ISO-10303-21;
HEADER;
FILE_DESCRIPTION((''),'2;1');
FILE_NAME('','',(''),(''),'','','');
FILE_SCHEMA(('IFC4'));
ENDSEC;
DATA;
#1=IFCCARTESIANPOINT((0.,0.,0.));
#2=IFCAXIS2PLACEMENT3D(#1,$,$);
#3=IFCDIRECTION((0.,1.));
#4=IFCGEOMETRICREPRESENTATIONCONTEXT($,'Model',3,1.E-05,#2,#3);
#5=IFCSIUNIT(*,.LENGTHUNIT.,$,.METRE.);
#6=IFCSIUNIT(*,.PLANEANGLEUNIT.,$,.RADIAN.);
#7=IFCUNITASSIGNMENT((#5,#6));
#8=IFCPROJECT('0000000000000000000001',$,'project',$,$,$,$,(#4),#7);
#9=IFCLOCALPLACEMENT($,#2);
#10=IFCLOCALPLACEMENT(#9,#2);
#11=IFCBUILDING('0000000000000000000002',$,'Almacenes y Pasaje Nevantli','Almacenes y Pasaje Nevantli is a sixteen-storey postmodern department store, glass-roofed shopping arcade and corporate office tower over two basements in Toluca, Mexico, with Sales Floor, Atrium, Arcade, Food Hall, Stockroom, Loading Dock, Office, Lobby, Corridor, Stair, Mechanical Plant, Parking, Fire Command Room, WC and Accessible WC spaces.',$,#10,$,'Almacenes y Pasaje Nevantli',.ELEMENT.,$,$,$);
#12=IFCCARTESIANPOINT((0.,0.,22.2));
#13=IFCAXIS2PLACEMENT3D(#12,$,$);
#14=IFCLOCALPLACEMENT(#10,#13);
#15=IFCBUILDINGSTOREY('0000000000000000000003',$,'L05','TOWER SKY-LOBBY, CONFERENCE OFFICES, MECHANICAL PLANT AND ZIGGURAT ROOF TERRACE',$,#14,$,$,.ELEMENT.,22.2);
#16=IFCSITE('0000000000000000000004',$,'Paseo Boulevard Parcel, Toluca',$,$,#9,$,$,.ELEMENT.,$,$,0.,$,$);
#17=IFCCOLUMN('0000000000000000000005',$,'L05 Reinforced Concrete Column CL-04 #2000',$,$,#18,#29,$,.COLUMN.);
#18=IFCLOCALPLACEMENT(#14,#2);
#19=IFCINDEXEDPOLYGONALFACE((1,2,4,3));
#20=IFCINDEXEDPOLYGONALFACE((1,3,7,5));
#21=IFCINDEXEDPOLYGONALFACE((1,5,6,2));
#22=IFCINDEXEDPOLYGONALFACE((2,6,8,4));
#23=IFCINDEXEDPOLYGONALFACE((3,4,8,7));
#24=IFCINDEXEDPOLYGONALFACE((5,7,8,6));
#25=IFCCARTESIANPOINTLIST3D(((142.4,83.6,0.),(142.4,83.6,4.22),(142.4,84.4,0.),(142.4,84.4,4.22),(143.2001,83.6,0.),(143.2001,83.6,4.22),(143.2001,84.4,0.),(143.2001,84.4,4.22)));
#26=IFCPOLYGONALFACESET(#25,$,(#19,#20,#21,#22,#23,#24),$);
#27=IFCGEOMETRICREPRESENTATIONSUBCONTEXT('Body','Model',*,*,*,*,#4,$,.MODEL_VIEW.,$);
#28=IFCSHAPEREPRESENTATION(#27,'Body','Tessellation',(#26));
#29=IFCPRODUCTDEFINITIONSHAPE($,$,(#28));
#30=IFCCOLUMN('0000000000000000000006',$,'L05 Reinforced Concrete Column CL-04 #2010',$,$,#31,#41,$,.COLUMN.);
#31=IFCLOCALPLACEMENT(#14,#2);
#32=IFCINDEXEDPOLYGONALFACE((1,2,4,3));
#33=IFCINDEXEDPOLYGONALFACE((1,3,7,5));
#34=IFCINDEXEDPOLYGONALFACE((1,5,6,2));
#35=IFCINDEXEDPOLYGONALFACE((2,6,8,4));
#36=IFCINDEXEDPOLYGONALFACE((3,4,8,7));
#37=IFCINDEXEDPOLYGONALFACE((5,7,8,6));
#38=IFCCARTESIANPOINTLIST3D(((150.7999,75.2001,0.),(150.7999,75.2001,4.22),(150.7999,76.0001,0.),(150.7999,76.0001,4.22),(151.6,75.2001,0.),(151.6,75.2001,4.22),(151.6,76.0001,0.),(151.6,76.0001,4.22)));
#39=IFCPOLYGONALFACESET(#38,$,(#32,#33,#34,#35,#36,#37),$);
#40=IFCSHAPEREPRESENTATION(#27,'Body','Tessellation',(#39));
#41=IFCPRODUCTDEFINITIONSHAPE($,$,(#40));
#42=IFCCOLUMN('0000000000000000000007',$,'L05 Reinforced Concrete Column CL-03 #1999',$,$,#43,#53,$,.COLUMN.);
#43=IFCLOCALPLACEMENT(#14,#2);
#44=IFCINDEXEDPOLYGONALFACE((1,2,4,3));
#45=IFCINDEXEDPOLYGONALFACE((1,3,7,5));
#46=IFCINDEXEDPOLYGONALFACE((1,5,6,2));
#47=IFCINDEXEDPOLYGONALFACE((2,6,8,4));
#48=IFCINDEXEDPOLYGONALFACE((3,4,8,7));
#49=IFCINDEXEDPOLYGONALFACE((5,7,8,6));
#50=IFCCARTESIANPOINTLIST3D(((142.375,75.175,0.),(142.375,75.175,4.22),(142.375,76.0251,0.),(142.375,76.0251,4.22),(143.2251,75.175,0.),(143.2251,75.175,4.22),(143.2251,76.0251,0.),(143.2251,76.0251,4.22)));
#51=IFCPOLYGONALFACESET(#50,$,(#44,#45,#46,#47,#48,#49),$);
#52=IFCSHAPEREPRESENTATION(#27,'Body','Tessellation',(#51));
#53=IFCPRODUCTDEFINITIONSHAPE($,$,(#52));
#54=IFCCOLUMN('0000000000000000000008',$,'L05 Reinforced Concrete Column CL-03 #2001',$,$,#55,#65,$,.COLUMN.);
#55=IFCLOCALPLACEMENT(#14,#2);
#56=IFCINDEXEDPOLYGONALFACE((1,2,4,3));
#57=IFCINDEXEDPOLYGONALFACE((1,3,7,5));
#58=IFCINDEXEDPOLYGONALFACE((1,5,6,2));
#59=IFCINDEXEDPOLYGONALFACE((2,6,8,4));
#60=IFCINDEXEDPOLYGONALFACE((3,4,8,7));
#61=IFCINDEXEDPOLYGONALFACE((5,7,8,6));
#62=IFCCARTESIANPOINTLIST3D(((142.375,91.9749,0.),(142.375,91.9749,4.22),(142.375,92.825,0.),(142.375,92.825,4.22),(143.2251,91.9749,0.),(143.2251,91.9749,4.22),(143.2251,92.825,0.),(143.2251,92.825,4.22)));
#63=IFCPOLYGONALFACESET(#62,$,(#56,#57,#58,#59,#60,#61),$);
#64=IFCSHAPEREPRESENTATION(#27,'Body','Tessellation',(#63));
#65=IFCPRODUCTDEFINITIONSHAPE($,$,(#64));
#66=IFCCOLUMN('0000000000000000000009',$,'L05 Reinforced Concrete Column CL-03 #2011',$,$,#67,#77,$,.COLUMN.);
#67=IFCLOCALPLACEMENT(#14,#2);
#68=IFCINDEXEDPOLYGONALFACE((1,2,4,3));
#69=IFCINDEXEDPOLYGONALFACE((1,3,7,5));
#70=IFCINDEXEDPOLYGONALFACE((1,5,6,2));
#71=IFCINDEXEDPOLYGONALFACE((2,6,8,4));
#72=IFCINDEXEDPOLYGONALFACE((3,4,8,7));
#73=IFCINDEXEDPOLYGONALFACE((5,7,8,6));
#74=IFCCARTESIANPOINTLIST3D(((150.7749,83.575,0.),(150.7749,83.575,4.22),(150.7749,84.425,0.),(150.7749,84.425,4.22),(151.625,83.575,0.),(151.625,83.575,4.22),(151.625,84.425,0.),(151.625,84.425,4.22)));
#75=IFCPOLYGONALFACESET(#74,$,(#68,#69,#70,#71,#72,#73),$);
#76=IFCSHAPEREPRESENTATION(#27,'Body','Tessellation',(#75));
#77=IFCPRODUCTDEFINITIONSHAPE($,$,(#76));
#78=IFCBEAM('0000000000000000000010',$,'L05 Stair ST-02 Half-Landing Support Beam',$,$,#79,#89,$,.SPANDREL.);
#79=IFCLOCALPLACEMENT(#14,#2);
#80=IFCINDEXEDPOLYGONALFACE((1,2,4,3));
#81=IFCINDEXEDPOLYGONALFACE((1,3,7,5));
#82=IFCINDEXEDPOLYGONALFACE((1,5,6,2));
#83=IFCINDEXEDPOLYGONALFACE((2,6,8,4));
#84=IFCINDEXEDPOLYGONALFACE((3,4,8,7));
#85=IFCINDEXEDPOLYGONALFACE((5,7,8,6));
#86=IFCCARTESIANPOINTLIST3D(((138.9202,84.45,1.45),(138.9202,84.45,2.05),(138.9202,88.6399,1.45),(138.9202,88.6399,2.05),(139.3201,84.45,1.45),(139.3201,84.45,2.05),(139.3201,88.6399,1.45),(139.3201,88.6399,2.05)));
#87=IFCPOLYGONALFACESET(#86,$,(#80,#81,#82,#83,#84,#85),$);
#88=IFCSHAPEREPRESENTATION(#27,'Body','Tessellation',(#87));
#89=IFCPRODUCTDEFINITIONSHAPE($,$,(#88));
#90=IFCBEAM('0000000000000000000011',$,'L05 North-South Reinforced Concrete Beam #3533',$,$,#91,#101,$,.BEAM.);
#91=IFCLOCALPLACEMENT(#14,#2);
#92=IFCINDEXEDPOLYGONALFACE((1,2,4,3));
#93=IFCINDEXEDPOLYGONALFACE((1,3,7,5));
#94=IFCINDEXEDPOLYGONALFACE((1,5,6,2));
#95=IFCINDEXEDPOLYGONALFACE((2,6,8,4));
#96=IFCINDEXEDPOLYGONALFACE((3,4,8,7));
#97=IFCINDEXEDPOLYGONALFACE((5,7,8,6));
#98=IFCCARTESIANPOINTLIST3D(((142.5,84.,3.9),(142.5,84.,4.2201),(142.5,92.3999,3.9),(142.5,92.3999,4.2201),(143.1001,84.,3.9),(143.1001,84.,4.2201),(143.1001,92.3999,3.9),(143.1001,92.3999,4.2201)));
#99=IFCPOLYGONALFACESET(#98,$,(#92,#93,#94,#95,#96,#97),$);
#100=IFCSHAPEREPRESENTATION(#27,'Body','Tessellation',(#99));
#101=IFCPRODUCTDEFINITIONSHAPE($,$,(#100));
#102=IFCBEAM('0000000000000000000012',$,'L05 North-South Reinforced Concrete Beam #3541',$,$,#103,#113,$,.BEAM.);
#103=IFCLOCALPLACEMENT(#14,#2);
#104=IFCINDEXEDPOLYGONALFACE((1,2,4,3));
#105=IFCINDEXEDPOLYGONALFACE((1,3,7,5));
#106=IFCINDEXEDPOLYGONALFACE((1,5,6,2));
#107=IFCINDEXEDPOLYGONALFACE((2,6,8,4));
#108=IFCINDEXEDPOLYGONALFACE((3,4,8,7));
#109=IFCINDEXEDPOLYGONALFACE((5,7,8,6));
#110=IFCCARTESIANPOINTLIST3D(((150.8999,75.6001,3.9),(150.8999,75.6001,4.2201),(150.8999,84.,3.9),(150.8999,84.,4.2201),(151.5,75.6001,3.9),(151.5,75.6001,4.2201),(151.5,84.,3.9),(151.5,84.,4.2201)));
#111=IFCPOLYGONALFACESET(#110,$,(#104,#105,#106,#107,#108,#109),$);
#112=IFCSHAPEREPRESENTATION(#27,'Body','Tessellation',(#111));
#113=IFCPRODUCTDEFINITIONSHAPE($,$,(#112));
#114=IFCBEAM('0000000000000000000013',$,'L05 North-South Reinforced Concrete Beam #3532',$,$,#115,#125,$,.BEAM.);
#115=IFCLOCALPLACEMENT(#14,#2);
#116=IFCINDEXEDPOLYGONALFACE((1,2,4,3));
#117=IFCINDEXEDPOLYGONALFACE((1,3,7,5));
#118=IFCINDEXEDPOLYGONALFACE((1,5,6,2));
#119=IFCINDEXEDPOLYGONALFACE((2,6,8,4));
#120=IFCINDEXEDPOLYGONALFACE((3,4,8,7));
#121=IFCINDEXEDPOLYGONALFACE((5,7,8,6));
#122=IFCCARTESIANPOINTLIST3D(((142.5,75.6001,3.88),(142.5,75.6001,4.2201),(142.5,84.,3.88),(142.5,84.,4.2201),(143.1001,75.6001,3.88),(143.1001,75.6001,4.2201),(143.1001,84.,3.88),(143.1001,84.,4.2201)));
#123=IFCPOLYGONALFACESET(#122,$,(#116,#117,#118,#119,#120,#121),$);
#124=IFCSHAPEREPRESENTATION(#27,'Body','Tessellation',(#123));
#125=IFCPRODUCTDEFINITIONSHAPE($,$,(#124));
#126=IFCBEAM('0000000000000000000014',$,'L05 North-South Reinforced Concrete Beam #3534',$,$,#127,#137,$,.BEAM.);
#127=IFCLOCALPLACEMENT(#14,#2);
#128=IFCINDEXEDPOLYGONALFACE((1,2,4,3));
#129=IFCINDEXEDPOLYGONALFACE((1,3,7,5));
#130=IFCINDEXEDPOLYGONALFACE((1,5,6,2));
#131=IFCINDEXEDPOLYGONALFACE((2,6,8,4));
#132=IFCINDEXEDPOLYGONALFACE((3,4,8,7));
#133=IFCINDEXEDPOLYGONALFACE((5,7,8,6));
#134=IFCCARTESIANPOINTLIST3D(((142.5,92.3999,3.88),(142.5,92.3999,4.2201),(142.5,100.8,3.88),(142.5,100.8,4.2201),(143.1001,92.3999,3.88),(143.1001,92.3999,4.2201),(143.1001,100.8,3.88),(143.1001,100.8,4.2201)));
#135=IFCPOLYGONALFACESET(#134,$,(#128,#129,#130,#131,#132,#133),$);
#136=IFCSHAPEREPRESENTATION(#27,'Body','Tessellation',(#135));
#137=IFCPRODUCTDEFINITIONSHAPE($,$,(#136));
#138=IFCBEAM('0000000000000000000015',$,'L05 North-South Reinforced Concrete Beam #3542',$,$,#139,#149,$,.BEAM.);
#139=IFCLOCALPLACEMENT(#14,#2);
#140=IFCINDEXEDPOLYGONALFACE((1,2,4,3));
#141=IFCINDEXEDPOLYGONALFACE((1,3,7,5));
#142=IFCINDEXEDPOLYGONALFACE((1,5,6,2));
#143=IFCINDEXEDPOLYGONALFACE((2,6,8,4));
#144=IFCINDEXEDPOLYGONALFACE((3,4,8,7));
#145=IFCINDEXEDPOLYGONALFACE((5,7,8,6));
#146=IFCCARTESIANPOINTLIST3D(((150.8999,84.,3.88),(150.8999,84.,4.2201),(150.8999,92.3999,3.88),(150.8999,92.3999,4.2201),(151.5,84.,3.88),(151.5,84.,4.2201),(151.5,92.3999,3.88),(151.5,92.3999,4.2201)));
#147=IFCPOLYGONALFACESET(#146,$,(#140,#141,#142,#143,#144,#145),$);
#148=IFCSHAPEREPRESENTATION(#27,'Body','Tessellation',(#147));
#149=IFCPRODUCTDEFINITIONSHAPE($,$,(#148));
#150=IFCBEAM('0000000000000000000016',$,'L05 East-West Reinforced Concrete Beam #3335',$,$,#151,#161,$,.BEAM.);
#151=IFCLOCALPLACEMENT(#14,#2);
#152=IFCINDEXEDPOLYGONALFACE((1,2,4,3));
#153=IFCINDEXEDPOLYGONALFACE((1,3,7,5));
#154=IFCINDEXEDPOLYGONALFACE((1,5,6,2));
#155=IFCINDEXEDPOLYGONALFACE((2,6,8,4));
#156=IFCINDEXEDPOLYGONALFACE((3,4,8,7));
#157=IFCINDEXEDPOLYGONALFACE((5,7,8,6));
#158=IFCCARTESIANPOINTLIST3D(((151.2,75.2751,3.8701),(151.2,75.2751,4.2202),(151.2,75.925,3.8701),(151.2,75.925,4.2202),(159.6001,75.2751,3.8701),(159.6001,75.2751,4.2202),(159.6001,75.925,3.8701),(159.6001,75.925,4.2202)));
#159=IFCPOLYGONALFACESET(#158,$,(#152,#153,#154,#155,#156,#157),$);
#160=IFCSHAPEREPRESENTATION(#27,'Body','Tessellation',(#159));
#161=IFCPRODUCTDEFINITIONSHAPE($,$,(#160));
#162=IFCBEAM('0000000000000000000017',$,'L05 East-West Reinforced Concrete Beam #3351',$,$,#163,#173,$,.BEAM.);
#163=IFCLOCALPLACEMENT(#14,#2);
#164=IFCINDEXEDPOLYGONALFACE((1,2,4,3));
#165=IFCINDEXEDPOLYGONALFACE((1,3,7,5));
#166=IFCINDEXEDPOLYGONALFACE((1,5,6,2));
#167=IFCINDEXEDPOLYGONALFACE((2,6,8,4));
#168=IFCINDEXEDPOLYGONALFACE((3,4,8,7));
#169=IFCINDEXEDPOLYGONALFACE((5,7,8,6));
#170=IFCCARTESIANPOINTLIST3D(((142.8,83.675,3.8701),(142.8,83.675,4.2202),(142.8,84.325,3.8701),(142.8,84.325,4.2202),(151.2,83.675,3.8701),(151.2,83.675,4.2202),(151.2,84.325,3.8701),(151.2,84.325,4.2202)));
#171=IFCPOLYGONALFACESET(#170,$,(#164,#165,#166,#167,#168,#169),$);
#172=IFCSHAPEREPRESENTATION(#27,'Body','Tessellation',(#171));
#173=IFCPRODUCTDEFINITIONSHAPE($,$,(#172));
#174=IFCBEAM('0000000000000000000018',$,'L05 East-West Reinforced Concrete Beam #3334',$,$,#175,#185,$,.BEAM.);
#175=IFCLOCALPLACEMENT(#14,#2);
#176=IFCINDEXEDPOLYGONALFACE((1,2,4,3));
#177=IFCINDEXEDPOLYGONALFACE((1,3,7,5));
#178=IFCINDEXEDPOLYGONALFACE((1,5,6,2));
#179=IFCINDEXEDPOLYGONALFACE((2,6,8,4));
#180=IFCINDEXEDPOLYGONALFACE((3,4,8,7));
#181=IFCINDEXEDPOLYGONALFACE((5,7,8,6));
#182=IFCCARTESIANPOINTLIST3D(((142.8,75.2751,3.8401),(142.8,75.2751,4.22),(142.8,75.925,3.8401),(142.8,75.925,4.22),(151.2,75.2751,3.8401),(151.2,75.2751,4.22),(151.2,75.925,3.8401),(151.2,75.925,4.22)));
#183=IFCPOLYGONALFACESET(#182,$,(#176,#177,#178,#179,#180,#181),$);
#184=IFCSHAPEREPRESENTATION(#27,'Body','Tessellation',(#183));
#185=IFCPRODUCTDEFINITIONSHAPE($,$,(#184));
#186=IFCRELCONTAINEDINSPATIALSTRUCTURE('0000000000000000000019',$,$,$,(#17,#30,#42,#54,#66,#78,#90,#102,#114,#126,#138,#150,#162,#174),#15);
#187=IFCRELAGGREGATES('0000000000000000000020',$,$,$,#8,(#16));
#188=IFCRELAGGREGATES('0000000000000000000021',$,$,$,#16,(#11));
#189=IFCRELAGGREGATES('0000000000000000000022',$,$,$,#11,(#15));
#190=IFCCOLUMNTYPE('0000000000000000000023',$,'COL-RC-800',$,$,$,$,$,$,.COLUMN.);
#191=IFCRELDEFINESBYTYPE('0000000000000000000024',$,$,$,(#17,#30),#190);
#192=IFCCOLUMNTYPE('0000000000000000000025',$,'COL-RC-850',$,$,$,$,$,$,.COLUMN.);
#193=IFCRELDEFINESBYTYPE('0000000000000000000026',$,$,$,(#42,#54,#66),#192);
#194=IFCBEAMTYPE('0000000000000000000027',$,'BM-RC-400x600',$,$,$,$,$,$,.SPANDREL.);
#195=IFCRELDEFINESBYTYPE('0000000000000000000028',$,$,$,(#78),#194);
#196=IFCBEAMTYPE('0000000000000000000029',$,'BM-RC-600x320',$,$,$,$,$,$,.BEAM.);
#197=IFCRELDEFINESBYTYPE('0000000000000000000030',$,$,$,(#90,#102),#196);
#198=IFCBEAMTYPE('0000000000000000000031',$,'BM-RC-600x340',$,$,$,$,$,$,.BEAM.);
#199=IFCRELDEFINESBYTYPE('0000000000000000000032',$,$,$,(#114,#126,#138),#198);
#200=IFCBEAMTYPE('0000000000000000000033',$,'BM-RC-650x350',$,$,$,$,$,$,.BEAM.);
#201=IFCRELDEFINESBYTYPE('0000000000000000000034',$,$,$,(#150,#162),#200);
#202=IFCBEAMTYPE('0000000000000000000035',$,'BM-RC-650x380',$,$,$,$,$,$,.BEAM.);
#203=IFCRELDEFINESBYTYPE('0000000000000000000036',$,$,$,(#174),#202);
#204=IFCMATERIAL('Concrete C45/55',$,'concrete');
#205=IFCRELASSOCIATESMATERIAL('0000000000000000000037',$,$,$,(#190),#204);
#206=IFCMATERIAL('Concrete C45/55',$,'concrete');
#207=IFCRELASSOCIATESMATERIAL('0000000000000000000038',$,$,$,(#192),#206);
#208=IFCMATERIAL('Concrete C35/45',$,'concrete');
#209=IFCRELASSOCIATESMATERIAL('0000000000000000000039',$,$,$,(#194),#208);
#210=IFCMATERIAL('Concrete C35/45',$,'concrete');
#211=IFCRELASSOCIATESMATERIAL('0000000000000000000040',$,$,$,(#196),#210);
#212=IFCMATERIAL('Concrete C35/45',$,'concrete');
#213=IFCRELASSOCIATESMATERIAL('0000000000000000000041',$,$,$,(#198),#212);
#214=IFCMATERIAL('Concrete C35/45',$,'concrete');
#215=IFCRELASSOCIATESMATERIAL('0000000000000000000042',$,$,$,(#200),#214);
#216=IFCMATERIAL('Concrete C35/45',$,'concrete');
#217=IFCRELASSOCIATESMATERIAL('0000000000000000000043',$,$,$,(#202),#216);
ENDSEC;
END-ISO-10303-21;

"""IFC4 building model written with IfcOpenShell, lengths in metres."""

from ifc_helpers import new_model, si_unit, direction, frame, origin, origin_2d, place, context, subcontext, project, spatial, rectangle, extrude, material, material_profile, profile_set, type_object, element, save


model = new_model("IFC4")

# Units and contexts
model_context = context("Model", 3, precision=1e-05, world=origin(), true_north=direction((0.0, 1.0)))
body_context = subcontext(model_context, "Body", "Model", "MODEL_VIEW")
ifc_project = project(units=[si_unit("LENGTHUNIT", "METRE"), si_unit("PLANEANGLEUNIT", "RADIAN")], contexts=[model_context])

# Site, building, storey
site_placement = place(None, origin())
site = spatial("IfcSite", under=ifc_project, at=site_placement, Name="Paseo Boulevard Parcel, Toluca", CompositionType="ELEMENT", RefElevation=0.0)
building_placement = place(site_placement, origin())
building = spatial("IfcBuilding", under=site, at=building_placement, Name="Almacenes y Pasaje Nevantli", Description="Almacenes y Pasaje Nevantli is a sixteen-storey postmodern department store, glass-roofed shopping arcade and corporate office tower over two basements in Toluca, Mexico, with Sales Floor, Atrium, Arcade, Food Hall, Stockroom, Loading Dock, Office, Lobby, Corridor, Stair, Mechanical Plant, Parking, Fire Command Room, WC and Accessible WC spaces.", LongName="Almacenes y Pasaje Nevantli", CompositionType="ELEMENT")
storey_placement = place(building_placement, frame((0.0, 0.0, 22.2)))
storey = spatial("IfcBuildingStorey", under=building, at=storey_placement, Name="L05", Description="TOWER SKY-LOBBY, CONFERENCE OFFICES, MECHANICAL PLANT AND ZIGGURAT ROOF TERRACE", CompositionType="ELEMENT", Elevation=22.2)

# Columns
ifc_material_1 = material(Name="Concrete C45/55", Category="concrete")
ifc_material_profile_1 = material_profile(ifc_material_1, rectangle(XDim=0.8, YDim=0.8, at=origin_2d()), Name="RC-COL-800x800")
ifc_profile_set_1 = profile_set([ifc_material_profile_1], Name="Concrete C45/55")
column_type_1 = type_object("IfcColumnType", Name="COL-RC-800", PredefinedType="COLUMN", material=ifc_profile_set_1)
for number, where, z_axis, x_axis, name in (
    (1, (142.8, 84.0, 0.0), (0.0, 0.0, 1.0), (1.0, 0.0, 0.0), "L05 Reinforced Concrete Column CL-04 #2000"),
    (2, (151.2, 75.6001, 0.0), (0.0, 0.0, 1.0), (1.0, 0.0, 0.0), "L05 Reinforced Concrete Column CL-04 #2010"),
):
    element("IfcColumn", number, at=place(storey_placement, frame(where, z_axis=z_axis, x_axis=x_axis)), inside=storey, type_object=column_type_1, Name=name, PredefinedType="COLUMN", context=body_context, shape_type="SweptSolid", body=[
        extrude(rectangle(XDim=0.8, YDim=0.8, at=origin_2d()), origin(), (0.0, 0.0, 1.0), 4.22),
    ])
ifc_material_2 = material(Name="Concrete C45/55", Category="concrete")
ifc_material_profile_2 = material_profile(ifc_material_2, rectangle(XDim=0.8501, YDim=0.8501, at=origin_2d()), Name="RC-COL-850x850")
ifc_profile_set_2 = profile_set([ifc_material_profile_2], Name="Concrete C45/55")
column_type_2 = type_object("IfcColumnType", Name="COL-RC-850", PredefinedType="COLUMN", material=ifc_profile_set_2)
for number, where, z_axis, x_axis, name in (
    (3, (142.8, 75.6001, 0.0), (0.0, 0.0, 1.0), (1.0, 0.0, 0.0), "L05 Reinforced Concrete Column CL-03 #1999"),
    (4, (142.8, 92.3999, 0.0), (0.0, 0.0, 1.0), (1.0, 0.0, 0.0), "L05 Reinforced Concrete Column CL-03 #2001"),
    (5, (151.2, 84.0, 0.0), (0.0, 0.0, 1.0), (1.0, 0.0, 0.0), "L05 Reinforced Concrete Column CL-03 #2011"),
):
    element("IfcColumn", number, at=place(storey_placement, frame(where, z_axis=z_axis, x_axis=x_axis)), inside=storey, type_object=column_type_2, Name=name, PredefinedType="COLUMN", context=body_context, shape_type="SweptSolid", body=[
        extrude(rectangle(XDim=0.8501, YDim=0.8501, at=origin_2d()), origin(), (0.0, 0.0, 1.0), 4.22),
    ])

# Beams
ifc_material_3 = material(Name="Concrete C35/45", Category="concrete")
ifc_material_profile_3 = material_profile(ifc_material_3, rectangle(XDim=0.3999, YDim=0.6001, at=origin_2d()), Name="RC-BM-400x600")
ifc_profile_set_3 = profile_set([ifc_material_profile_3], Name="Concrete C35/45")
beam_type_1 = type_object("IfcBeamType", Name="BM-RC-400x600", PredefinedType="SPANDREL", material=ifc_profile_set_3)
beam_1_placement = place(storey_placement, frame((139.1201, 84.45, 1.75), z_axis=(0.0, 1.0, 0.0), x_axis=(-1.0, 0.0, 0.0)))
element("IfcBeam", 6, at=beam_1_placement, inside=storey, type_object=beam_type_1, Name="L05 Stair ST-02 Half-Landing Support Beam", PredefinedType="SPANDREL", context=body_context, shape_type="SweptSolid", body=[
    extrude(rectangle(XDim=0.3999, YDim=0.6001, at=origin_2d()), origin(), (0.0, 0.0, 1.0), 4.1899),
])
ifc_material_4 = material(Name="Concrete C35/45", Category="concrete")
ifc_material_profile_4 = material_profile(ifc_material_4, rectangle(XDim=0.6001, YDim=0.3201, at=origin_2d()), Name="RC-BM-600x320")
ifc_profile_set_4 = profile_set([ifc_material_profile_4], Name="Concrete C35/45")
beam_type_2 = type_object("IfcBeamType", Name="BM-RC-600x320", PredefinedType="BEAM", material=ifc_profile_set_4)
for number, where, z_axis, x_axis, name in (
    (7, (142.8, 84.0, 4.0601), (0.0, 1.0, 0.0), (-1.0, 0.0, 0.0), "L05 North-South Reinforced Concrete Beam #3533"),
    (8, (151.2, 75.6001, 4.0601), (0.0, 1.0, 0.0), (-1.0, 0.0, 0.0), "L05 North-South Reinforced Concrete Beam #3541"),
):
    element("IfcBeam", number, at=place(storey_placement, frame(where, z_axis=z_axis, x_axis=x_axis)), inside=storey, type_object=beam_type_2, Name=name, PredefinedType="BEAM", context=body_context, shape_type="SweptSolid", body=[
        extrude(rectangle(XDim=0.6001, YDim=0.3201, at=origin_2d()), origin(), (0.0, 0.0, 1.0), 8.3999),
    ])
ifc_material_5 = material(Name="Concrete C35/45", Category="concrete")
ifc_material_profile_5 = material_profile(ifc_material_5, rectangle(XDim=0.6001, YDim=0.3401, at=origin_2d()), Name="RC-BM-600x340")
ifc_profile_set_5 = profile_set([ifc_material_profile_5], Name="Concrete C35/45")
beam_type_3 = type_object("IfcBeamType", Name="BM-RC-600x340", PredefinedType="BEAM", material=ifc_profile_set_5)
beam_2_placement = place(storey_placement, frame((142.8, 75.6001, 4.05), z_axis=(0.0, 1.0, 0.0), x_axis=(-1.0, 0.0, 0.0)))
element("IfcBeam", 9, at=beam_2_placement, inside=storey, type_object=beam_type_3, Name="L05 North-South Reinforced Concrete Beam #3532", PredefinedType="BEAM", context=body_context, shape_type="SweptSolid", body=[
    extrude(rectangle(XDim=0.6001, YDim=0.3401, at=origin_2d()), origin(), (0.0, 0.0, 1.0), 8.3999),
])
beam_3_placement = place(storey_placement, frame((142.8, 92.3999, 4.05), z_axis=(0.0, 1.0, 0.0), x_axis=(-1.0, 0.0, 0.0)))
element("IfcBeam", 10, at=beam_3_placement, inside=storey, type_object=beam_type_3, Name="L05 North-South Reinforced Concrete Beam #3534", PredefinedType="BEAM", context=body_context, shape_type="SweptSolid", body=[
    extrude(rectangle(XDim=0.6001, YDim=0.3401, at=origin_2d()), origin(), (0.0, 0.0, 1.0), 8.4001),
])
beam_4_placement = place(storey_placement, frame((151.2, 84.0, 4.05), z_axis=(0.0, 1.0, 0.0), x_axis=(-1.0, 0.0, 0.0)))
element("IfcBeam", 11, at=beam_4_placement, inside=storey, type_object=beam_type_3, Name="L05 North-South Reinforced Concrete Beam #3542", PredefinedType="BEAM", context=body_context, shape_type="SweptSolid", body=[
    extrude(rectangle(XDim=0.6001, YDim=0.3401, at=origin_2d()), origin(), (0.0, 0.0, 1.0), 8.3999),
])
ifc_material_6 = material(Name="Concrete C35/45", Category="concrete")
ifc_material_profile_6 = material_profile(ifc_material_6, rectangle(XDim=0.6499, YDim=0.3501, at=origin_2d()), Name="RC-BM-650x350")
ifc_profile_set_6 = profile_set([ifc_material_profile_6], Name="Concrete C35/45")
beam_type_4 = type_object("IfcBeamType", Name="BM-RC-650x350", PredefinedType="BEAM", material=ifc_profile_set_6)
beam_5_placement = place(storey_placement, frame((151.2, 75.6001, 4.0452), z_axis=(1.0, 0.0, 0.0), x_axis=(0.0, 1.0, 0.0)))
element("IfcBeam", 12, at=beam_5_placement, inside=storey, type_object=beam_type_4, Name="L05 East-West Reinforced Concrete Beam #3335", PredefinedType="BEAM", context=body_context, shape_type="SweptSolid", body=[
    extrude(rectangle(XDim=0.6499, YDim=0.3501, at=origin_2d()), origin(), (0.0, 0.0, 1.0), 8.4001),
])
beam_6_placement = place(storey_placement, frame((142.8, 84.0, 4.0452), z_axis=(1.0, 0.0, 0.0), x_axis=(0.0, 1.0, 0.0)))
element("IfcBeam", 13, at=beam_6_placement, inside=storey, type_object=beam_type_4, Name="L05 East-West Reinforced Concrete Beam #3351", PredefinedType="BEAM", context=body_context, shape_type="SweptSolid", body=[
    extrude(rectangle(XDim=0.6499, YDim=0.3501, at=origin_2d()), origin(), (0.0, 0.0, 1.0), 8.3999),
])
ifc_material_7 = material(Name="Concrete C35/45", Category="concrete")
ifc_material_profile_7 = material_profile(ifc_material_7, rectangle(XDim=0.6499, YDim=0.3799, at=origin_2d()), Name="RC-BM-650x380")
ifc_profile_set_7 = profile_set([ifc_material_profile_7], Name="Concrete C35/45")
beam_type_5 = type_object("IfcBeamType", Name="BM-RC-650x380", PredefinedType="BEAM", material=ifc_profile_set_7)
beam_7_placement = place(storey_placement, frame((142.8, 75.6001, 4.03), z_axis=(1.0, 0.0, 0.0), x_axis=(0.0, 1.0, 0.0)))
element("IfcBeam", 14, at=beam_7_placement, inside=storey, type_object=beam_type_5, Name="L05 East-West Reinforced Concrete Beam #3334", PredefinedType="BEAM", context=body_context, shape_type="SweptSolid", body=[
    extrude(rectangle(XDim=0.6499, YDim=0.3799, at=origin_2d()), origin(), (0.0, 0.0, 1.0), 8.3999),
])

save(model, "model.ifc")
